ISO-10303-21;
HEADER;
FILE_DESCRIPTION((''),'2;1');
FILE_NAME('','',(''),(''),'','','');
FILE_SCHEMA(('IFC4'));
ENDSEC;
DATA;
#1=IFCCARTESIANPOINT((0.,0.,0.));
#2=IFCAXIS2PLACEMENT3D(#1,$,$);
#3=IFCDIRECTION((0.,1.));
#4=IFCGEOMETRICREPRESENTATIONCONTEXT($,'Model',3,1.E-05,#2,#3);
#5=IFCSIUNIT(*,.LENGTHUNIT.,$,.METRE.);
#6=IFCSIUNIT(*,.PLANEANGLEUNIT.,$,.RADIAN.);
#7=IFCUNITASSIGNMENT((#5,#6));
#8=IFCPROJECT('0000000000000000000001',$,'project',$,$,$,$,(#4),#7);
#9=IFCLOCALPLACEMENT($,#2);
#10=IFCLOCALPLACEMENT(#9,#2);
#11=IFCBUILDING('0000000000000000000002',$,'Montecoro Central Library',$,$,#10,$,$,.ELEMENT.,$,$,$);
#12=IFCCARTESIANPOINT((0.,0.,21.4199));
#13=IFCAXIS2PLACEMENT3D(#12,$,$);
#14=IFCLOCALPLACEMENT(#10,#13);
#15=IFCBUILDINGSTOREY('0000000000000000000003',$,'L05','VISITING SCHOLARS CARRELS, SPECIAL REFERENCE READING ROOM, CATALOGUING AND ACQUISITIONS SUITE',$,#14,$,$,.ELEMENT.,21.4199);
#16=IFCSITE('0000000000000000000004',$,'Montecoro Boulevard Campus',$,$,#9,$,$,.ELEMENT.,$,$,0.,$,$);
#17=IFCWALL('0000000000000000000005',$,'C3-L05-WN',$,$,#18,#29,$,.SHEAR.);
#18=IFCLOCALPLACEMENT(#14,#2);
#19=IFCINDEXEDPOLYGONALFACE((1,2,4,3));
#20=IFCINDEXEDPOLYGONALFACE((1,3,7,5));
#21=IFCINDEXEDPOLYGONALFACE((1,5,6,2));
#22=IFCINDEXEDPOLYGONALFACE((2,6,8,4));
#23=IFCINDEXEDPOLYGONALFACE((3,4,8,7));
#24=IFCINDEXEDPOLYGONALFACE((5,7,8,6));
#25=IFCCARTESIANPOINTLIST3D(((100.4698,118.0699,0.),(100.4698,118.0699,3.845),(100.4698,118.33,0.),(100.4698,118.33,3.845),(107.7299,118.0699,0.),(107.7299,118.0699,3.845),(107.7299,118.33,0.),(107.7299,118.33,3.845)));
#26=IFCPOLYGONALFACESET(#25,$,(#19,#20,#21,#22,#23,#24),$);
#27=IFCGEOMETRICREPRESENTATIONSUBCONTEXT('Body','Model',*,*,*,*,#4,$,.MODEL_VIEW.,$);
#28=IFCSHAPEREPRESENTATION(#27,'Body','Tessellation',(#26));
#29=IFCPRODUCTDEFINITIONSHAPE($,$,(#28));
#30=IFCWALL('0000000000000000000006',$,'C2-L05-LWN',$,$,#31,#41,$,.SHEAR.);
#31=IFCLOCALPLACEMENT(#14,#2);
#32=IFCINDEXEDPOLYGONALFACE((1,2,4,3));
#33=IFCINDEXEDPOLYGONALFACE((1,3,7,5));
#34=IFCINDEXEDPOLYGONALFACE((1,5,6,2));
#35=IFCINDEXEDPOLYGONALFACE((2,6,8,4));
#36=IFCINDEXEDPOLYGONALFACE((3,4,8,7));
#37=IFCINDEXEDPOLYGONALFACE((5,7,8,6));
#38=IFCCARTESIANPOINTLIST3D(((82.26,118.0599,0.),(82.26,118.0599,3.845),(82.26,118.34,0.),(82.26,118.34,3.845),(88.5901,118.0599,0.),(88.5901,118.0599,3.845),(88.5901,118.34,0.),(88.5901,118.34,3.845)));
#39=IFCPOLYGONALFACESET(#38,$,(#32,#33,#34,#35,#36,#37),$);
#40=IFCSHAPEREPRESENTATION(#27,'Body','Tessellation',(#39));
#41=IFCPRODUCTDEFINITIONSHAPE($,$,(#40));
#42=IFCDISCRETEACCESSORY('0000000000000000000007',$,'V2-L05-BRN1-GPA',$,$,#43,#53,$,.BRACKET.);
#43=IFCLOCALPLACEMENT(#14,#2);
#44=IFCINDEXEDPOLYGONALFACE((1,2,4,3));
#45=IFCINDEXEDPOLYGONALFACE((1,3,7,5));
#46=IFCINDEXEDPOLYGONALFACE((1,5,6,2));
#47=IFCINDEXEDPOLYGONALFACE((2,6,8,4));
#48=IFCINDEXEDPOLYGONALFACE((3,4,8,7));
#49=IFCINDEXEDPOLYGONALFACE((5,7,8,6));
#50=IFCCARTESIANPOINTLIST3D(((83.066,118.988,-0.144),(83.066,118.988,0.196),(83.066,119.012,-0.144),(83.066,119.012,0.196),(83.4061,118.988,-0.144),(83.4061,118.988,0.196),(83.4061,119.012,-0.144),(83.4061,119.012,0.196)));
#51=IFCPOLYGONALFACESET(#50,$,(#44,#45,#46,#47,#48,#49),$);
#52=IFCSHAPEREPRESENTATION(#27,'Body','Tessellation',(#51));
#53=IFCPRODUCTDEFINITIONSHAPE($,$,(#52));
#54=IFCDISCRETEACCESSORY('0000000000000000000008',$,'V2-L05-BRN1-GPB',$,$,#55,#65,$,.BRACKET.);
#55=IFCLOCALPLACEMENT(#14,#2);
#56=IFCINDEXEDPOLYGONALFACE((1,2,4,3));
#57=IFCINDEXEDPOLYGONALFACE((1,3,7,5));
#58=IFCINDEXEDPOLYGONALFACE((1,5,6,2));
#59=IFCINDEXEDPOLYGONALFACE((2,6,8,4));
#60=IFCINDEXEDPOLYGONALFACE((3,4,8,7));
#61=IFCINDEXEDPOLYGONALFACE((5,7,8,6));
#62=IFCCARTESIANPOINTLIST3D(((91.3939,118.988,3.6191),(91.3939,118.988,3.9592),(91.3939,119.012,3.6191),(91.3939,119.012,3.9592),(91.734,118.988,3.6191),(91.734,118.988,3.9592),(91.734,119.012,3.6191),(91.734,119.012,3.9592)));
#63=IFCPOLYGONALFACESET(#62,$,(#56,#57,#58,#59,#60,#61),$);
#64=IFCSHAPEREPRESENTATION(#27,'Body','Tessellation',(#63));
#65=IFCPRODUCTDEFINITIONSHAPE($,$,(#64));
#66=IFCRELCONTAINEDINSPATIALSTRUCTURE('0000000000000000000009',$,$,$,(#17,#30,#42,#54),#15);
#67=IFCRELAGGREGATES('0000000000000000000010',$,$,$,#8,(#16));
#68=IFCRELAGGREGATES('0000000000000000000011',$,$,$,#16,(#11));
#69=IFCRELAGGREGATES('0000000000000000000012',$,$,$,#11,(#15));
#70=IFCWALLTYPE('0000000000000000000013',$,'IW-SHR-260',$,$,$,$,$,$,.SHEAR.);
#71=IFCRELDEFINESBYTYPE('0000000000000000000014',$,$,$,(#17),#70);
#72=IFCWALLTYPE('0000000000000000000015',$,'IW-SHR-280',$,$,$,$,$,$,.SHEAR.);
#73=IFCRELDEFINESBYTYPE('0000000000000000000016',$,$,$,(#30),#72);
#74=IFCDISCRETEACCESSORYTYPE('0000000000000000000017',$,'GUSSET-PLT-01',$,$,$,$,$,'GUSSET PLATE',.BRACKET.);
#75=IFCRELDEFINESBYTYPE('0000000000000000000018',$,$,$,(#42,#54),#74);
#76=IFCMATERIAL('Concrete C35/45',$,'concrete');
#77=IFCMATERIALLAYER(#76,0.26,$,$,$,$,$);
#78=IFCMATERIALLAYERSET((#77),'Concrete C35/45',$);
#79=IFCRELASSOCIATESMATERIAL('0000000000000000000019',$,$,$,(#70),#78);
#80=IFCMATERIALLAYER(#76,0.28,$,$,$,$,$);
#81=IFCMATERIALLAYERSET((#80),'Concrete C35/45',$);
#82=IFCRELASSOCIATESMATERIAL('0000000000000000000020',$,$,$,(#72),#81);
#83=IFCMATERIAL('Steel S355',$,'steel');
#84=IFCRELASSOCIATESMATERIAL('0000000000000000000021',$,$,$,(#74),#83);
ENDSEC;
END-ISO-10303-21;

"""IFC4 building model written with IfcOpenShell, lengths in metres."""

from ifc_helpers import new_model, si_unit, direction, frame, frame_2d, origin, origin_2d, place, context, subcontext, project, spatial, rectangle, extrude, material, layer, layer_set, type_object, element, save


model = new_model("IFC4")

# Units and contexts
model_context = context("Model", 3, precision=1e-05, world=origin(), true_north=direction((0.0, 1.0)))
body_context = subcontext(model_context, "Body", "Model", "MODEL_VIEW")
ifc_project = project(units=[si_unit("LENGTHUNIT", "METRE"), si_unit("PLANEANGLEUNIT", "RADIAN")], contexts=[model_context])

# Site, building, storey
site_placement = place(None, origin())
site = spatial("IfcSite", under=ifc_project, at=site_placement, Name="Montecoro Boulevard Campus", CompositionType="ELEMENT", RefElevation=0.0)
building_placement = place(site_placement, origin())
building = spatial("IfcBuilding", under=site, at=building_placement, Name="Montecoro Central Library", CompositionType="ELEMENT")
storey_placement = place(building_placement, frame((0.0, 0.0, 21.4199)))
storey = spatial("IfcBuildingStorey", under=building, at=storey_placement, Name="L05", Description="VISITING SCHOLARS CARRELS, SPECIAL REFERENCE READING ROOM, CATALOGUING AND ACQUISITIONS SUITE", CompositionType="ELEMENT", Elevation=21.4199)

# Shared definitions
ifc_material_1 = material(Name="Steel S355", Category="steel")

# Walls
ifc_material_2 = material(Name="Concrete C35/45", Category="concrete")
ifc_layer_1 = layer(ifc_material_2, 0.26)
ifc_layer_set_1 = layer_set([ifc_layer_1], Name="Concrete C35/45")
wall_type_1 = type_object("IfcWallType", Name="IW-SHR-260", PredefinedType="SHEAR", material=ifc_layer_set_1)
wall_1_placement = place(storey_placement, frame((100.47, 118.2, 0.0), z_axis=(0.0, 0.0, 1.0), x_axis=(1.0, 0.0, 0.0)))
element("IfcWall", 1, at=wall_1_placement, inside=storey, type_object=wall_type_1, Name="C3-L05-WN", PredefinedType="SHEAR", context=body_context, shape_type="SweptSolid", body=[
    extrude(rectangle(XDim=7.26, YDim=0.26, at=frame_2d((3.6299, 0.0))), origin(), (0.0, 0.0, 1.0), 3.845),
])
ifc_layer_2 = layer(ifc_material_2, 0.28)
ifc_layer_set_2 = layer_set([ifc_layer_2], Name="Concrete C35/45")
wall_type_2 = type_object("IfcWallType", Name="IW-SHR-280", PredefinedType="SHEAR", material=ifc_layer_set_2)
wall_2_placement = place(storey_placement, frame((88.5901, 118.2, 0.0), z_axis=(0.0, 0.0, 1.0), x_axis=(-1.0, 0.0, 0.0)))
element("IfcWall", 2, at=wall_2_placement, inside=storey, type_object=wall_type_2, Name="C2-L05-LWN", PredefinedType="SHEAR", context=body_context, shape_type="SweptSolid", body=[
    extrude(rectangle(XDim=6.3301, YDim=0.28, at=frame_2d((3.165, 0.0))), origin(), (0.0, 0.0, 1.0), 3.845),
])

# Discrete accessories
discrete_accessory_type = type_object("IfcDiscreteAccessoryType", Name="GUSSET-PLT-01", ElementType="GUSSET PLATE", PredefinedType="BRACKET", material=ifc_material_1)
for number, where, z_axis, x_axis, name in (
    (3, (83.2361, 119.0, -0.144), (0.0, 0.0, 1.0), (1.0, 0.0, 0.0), "V2-L05-BRN1-GPA"),
    (4, (91.564, 119.0, 3.6191), (0.0, 0.0, 1.0), (1.0, 0.0, 0.0), "V2-L05-BRN1-GPB"),
):
    element("IfcDiscreteAccessory", number, at=place(storey_placement, frame(where, z_axis=z_axis, x_axis=x_axis)), inside=storey, type_object=discrete_accessory_type, Name=name, PredefinedType="BRACKET", context=body_context, shape_type="SweptSolid", body=[
        extrude(rectangle(XDim=0.3401, YDim=0.0239, at=origin_2d()), origin(), (0.0, 0.0, 1.0), 0.3401),
    ])

save(model, "model.ifc")
